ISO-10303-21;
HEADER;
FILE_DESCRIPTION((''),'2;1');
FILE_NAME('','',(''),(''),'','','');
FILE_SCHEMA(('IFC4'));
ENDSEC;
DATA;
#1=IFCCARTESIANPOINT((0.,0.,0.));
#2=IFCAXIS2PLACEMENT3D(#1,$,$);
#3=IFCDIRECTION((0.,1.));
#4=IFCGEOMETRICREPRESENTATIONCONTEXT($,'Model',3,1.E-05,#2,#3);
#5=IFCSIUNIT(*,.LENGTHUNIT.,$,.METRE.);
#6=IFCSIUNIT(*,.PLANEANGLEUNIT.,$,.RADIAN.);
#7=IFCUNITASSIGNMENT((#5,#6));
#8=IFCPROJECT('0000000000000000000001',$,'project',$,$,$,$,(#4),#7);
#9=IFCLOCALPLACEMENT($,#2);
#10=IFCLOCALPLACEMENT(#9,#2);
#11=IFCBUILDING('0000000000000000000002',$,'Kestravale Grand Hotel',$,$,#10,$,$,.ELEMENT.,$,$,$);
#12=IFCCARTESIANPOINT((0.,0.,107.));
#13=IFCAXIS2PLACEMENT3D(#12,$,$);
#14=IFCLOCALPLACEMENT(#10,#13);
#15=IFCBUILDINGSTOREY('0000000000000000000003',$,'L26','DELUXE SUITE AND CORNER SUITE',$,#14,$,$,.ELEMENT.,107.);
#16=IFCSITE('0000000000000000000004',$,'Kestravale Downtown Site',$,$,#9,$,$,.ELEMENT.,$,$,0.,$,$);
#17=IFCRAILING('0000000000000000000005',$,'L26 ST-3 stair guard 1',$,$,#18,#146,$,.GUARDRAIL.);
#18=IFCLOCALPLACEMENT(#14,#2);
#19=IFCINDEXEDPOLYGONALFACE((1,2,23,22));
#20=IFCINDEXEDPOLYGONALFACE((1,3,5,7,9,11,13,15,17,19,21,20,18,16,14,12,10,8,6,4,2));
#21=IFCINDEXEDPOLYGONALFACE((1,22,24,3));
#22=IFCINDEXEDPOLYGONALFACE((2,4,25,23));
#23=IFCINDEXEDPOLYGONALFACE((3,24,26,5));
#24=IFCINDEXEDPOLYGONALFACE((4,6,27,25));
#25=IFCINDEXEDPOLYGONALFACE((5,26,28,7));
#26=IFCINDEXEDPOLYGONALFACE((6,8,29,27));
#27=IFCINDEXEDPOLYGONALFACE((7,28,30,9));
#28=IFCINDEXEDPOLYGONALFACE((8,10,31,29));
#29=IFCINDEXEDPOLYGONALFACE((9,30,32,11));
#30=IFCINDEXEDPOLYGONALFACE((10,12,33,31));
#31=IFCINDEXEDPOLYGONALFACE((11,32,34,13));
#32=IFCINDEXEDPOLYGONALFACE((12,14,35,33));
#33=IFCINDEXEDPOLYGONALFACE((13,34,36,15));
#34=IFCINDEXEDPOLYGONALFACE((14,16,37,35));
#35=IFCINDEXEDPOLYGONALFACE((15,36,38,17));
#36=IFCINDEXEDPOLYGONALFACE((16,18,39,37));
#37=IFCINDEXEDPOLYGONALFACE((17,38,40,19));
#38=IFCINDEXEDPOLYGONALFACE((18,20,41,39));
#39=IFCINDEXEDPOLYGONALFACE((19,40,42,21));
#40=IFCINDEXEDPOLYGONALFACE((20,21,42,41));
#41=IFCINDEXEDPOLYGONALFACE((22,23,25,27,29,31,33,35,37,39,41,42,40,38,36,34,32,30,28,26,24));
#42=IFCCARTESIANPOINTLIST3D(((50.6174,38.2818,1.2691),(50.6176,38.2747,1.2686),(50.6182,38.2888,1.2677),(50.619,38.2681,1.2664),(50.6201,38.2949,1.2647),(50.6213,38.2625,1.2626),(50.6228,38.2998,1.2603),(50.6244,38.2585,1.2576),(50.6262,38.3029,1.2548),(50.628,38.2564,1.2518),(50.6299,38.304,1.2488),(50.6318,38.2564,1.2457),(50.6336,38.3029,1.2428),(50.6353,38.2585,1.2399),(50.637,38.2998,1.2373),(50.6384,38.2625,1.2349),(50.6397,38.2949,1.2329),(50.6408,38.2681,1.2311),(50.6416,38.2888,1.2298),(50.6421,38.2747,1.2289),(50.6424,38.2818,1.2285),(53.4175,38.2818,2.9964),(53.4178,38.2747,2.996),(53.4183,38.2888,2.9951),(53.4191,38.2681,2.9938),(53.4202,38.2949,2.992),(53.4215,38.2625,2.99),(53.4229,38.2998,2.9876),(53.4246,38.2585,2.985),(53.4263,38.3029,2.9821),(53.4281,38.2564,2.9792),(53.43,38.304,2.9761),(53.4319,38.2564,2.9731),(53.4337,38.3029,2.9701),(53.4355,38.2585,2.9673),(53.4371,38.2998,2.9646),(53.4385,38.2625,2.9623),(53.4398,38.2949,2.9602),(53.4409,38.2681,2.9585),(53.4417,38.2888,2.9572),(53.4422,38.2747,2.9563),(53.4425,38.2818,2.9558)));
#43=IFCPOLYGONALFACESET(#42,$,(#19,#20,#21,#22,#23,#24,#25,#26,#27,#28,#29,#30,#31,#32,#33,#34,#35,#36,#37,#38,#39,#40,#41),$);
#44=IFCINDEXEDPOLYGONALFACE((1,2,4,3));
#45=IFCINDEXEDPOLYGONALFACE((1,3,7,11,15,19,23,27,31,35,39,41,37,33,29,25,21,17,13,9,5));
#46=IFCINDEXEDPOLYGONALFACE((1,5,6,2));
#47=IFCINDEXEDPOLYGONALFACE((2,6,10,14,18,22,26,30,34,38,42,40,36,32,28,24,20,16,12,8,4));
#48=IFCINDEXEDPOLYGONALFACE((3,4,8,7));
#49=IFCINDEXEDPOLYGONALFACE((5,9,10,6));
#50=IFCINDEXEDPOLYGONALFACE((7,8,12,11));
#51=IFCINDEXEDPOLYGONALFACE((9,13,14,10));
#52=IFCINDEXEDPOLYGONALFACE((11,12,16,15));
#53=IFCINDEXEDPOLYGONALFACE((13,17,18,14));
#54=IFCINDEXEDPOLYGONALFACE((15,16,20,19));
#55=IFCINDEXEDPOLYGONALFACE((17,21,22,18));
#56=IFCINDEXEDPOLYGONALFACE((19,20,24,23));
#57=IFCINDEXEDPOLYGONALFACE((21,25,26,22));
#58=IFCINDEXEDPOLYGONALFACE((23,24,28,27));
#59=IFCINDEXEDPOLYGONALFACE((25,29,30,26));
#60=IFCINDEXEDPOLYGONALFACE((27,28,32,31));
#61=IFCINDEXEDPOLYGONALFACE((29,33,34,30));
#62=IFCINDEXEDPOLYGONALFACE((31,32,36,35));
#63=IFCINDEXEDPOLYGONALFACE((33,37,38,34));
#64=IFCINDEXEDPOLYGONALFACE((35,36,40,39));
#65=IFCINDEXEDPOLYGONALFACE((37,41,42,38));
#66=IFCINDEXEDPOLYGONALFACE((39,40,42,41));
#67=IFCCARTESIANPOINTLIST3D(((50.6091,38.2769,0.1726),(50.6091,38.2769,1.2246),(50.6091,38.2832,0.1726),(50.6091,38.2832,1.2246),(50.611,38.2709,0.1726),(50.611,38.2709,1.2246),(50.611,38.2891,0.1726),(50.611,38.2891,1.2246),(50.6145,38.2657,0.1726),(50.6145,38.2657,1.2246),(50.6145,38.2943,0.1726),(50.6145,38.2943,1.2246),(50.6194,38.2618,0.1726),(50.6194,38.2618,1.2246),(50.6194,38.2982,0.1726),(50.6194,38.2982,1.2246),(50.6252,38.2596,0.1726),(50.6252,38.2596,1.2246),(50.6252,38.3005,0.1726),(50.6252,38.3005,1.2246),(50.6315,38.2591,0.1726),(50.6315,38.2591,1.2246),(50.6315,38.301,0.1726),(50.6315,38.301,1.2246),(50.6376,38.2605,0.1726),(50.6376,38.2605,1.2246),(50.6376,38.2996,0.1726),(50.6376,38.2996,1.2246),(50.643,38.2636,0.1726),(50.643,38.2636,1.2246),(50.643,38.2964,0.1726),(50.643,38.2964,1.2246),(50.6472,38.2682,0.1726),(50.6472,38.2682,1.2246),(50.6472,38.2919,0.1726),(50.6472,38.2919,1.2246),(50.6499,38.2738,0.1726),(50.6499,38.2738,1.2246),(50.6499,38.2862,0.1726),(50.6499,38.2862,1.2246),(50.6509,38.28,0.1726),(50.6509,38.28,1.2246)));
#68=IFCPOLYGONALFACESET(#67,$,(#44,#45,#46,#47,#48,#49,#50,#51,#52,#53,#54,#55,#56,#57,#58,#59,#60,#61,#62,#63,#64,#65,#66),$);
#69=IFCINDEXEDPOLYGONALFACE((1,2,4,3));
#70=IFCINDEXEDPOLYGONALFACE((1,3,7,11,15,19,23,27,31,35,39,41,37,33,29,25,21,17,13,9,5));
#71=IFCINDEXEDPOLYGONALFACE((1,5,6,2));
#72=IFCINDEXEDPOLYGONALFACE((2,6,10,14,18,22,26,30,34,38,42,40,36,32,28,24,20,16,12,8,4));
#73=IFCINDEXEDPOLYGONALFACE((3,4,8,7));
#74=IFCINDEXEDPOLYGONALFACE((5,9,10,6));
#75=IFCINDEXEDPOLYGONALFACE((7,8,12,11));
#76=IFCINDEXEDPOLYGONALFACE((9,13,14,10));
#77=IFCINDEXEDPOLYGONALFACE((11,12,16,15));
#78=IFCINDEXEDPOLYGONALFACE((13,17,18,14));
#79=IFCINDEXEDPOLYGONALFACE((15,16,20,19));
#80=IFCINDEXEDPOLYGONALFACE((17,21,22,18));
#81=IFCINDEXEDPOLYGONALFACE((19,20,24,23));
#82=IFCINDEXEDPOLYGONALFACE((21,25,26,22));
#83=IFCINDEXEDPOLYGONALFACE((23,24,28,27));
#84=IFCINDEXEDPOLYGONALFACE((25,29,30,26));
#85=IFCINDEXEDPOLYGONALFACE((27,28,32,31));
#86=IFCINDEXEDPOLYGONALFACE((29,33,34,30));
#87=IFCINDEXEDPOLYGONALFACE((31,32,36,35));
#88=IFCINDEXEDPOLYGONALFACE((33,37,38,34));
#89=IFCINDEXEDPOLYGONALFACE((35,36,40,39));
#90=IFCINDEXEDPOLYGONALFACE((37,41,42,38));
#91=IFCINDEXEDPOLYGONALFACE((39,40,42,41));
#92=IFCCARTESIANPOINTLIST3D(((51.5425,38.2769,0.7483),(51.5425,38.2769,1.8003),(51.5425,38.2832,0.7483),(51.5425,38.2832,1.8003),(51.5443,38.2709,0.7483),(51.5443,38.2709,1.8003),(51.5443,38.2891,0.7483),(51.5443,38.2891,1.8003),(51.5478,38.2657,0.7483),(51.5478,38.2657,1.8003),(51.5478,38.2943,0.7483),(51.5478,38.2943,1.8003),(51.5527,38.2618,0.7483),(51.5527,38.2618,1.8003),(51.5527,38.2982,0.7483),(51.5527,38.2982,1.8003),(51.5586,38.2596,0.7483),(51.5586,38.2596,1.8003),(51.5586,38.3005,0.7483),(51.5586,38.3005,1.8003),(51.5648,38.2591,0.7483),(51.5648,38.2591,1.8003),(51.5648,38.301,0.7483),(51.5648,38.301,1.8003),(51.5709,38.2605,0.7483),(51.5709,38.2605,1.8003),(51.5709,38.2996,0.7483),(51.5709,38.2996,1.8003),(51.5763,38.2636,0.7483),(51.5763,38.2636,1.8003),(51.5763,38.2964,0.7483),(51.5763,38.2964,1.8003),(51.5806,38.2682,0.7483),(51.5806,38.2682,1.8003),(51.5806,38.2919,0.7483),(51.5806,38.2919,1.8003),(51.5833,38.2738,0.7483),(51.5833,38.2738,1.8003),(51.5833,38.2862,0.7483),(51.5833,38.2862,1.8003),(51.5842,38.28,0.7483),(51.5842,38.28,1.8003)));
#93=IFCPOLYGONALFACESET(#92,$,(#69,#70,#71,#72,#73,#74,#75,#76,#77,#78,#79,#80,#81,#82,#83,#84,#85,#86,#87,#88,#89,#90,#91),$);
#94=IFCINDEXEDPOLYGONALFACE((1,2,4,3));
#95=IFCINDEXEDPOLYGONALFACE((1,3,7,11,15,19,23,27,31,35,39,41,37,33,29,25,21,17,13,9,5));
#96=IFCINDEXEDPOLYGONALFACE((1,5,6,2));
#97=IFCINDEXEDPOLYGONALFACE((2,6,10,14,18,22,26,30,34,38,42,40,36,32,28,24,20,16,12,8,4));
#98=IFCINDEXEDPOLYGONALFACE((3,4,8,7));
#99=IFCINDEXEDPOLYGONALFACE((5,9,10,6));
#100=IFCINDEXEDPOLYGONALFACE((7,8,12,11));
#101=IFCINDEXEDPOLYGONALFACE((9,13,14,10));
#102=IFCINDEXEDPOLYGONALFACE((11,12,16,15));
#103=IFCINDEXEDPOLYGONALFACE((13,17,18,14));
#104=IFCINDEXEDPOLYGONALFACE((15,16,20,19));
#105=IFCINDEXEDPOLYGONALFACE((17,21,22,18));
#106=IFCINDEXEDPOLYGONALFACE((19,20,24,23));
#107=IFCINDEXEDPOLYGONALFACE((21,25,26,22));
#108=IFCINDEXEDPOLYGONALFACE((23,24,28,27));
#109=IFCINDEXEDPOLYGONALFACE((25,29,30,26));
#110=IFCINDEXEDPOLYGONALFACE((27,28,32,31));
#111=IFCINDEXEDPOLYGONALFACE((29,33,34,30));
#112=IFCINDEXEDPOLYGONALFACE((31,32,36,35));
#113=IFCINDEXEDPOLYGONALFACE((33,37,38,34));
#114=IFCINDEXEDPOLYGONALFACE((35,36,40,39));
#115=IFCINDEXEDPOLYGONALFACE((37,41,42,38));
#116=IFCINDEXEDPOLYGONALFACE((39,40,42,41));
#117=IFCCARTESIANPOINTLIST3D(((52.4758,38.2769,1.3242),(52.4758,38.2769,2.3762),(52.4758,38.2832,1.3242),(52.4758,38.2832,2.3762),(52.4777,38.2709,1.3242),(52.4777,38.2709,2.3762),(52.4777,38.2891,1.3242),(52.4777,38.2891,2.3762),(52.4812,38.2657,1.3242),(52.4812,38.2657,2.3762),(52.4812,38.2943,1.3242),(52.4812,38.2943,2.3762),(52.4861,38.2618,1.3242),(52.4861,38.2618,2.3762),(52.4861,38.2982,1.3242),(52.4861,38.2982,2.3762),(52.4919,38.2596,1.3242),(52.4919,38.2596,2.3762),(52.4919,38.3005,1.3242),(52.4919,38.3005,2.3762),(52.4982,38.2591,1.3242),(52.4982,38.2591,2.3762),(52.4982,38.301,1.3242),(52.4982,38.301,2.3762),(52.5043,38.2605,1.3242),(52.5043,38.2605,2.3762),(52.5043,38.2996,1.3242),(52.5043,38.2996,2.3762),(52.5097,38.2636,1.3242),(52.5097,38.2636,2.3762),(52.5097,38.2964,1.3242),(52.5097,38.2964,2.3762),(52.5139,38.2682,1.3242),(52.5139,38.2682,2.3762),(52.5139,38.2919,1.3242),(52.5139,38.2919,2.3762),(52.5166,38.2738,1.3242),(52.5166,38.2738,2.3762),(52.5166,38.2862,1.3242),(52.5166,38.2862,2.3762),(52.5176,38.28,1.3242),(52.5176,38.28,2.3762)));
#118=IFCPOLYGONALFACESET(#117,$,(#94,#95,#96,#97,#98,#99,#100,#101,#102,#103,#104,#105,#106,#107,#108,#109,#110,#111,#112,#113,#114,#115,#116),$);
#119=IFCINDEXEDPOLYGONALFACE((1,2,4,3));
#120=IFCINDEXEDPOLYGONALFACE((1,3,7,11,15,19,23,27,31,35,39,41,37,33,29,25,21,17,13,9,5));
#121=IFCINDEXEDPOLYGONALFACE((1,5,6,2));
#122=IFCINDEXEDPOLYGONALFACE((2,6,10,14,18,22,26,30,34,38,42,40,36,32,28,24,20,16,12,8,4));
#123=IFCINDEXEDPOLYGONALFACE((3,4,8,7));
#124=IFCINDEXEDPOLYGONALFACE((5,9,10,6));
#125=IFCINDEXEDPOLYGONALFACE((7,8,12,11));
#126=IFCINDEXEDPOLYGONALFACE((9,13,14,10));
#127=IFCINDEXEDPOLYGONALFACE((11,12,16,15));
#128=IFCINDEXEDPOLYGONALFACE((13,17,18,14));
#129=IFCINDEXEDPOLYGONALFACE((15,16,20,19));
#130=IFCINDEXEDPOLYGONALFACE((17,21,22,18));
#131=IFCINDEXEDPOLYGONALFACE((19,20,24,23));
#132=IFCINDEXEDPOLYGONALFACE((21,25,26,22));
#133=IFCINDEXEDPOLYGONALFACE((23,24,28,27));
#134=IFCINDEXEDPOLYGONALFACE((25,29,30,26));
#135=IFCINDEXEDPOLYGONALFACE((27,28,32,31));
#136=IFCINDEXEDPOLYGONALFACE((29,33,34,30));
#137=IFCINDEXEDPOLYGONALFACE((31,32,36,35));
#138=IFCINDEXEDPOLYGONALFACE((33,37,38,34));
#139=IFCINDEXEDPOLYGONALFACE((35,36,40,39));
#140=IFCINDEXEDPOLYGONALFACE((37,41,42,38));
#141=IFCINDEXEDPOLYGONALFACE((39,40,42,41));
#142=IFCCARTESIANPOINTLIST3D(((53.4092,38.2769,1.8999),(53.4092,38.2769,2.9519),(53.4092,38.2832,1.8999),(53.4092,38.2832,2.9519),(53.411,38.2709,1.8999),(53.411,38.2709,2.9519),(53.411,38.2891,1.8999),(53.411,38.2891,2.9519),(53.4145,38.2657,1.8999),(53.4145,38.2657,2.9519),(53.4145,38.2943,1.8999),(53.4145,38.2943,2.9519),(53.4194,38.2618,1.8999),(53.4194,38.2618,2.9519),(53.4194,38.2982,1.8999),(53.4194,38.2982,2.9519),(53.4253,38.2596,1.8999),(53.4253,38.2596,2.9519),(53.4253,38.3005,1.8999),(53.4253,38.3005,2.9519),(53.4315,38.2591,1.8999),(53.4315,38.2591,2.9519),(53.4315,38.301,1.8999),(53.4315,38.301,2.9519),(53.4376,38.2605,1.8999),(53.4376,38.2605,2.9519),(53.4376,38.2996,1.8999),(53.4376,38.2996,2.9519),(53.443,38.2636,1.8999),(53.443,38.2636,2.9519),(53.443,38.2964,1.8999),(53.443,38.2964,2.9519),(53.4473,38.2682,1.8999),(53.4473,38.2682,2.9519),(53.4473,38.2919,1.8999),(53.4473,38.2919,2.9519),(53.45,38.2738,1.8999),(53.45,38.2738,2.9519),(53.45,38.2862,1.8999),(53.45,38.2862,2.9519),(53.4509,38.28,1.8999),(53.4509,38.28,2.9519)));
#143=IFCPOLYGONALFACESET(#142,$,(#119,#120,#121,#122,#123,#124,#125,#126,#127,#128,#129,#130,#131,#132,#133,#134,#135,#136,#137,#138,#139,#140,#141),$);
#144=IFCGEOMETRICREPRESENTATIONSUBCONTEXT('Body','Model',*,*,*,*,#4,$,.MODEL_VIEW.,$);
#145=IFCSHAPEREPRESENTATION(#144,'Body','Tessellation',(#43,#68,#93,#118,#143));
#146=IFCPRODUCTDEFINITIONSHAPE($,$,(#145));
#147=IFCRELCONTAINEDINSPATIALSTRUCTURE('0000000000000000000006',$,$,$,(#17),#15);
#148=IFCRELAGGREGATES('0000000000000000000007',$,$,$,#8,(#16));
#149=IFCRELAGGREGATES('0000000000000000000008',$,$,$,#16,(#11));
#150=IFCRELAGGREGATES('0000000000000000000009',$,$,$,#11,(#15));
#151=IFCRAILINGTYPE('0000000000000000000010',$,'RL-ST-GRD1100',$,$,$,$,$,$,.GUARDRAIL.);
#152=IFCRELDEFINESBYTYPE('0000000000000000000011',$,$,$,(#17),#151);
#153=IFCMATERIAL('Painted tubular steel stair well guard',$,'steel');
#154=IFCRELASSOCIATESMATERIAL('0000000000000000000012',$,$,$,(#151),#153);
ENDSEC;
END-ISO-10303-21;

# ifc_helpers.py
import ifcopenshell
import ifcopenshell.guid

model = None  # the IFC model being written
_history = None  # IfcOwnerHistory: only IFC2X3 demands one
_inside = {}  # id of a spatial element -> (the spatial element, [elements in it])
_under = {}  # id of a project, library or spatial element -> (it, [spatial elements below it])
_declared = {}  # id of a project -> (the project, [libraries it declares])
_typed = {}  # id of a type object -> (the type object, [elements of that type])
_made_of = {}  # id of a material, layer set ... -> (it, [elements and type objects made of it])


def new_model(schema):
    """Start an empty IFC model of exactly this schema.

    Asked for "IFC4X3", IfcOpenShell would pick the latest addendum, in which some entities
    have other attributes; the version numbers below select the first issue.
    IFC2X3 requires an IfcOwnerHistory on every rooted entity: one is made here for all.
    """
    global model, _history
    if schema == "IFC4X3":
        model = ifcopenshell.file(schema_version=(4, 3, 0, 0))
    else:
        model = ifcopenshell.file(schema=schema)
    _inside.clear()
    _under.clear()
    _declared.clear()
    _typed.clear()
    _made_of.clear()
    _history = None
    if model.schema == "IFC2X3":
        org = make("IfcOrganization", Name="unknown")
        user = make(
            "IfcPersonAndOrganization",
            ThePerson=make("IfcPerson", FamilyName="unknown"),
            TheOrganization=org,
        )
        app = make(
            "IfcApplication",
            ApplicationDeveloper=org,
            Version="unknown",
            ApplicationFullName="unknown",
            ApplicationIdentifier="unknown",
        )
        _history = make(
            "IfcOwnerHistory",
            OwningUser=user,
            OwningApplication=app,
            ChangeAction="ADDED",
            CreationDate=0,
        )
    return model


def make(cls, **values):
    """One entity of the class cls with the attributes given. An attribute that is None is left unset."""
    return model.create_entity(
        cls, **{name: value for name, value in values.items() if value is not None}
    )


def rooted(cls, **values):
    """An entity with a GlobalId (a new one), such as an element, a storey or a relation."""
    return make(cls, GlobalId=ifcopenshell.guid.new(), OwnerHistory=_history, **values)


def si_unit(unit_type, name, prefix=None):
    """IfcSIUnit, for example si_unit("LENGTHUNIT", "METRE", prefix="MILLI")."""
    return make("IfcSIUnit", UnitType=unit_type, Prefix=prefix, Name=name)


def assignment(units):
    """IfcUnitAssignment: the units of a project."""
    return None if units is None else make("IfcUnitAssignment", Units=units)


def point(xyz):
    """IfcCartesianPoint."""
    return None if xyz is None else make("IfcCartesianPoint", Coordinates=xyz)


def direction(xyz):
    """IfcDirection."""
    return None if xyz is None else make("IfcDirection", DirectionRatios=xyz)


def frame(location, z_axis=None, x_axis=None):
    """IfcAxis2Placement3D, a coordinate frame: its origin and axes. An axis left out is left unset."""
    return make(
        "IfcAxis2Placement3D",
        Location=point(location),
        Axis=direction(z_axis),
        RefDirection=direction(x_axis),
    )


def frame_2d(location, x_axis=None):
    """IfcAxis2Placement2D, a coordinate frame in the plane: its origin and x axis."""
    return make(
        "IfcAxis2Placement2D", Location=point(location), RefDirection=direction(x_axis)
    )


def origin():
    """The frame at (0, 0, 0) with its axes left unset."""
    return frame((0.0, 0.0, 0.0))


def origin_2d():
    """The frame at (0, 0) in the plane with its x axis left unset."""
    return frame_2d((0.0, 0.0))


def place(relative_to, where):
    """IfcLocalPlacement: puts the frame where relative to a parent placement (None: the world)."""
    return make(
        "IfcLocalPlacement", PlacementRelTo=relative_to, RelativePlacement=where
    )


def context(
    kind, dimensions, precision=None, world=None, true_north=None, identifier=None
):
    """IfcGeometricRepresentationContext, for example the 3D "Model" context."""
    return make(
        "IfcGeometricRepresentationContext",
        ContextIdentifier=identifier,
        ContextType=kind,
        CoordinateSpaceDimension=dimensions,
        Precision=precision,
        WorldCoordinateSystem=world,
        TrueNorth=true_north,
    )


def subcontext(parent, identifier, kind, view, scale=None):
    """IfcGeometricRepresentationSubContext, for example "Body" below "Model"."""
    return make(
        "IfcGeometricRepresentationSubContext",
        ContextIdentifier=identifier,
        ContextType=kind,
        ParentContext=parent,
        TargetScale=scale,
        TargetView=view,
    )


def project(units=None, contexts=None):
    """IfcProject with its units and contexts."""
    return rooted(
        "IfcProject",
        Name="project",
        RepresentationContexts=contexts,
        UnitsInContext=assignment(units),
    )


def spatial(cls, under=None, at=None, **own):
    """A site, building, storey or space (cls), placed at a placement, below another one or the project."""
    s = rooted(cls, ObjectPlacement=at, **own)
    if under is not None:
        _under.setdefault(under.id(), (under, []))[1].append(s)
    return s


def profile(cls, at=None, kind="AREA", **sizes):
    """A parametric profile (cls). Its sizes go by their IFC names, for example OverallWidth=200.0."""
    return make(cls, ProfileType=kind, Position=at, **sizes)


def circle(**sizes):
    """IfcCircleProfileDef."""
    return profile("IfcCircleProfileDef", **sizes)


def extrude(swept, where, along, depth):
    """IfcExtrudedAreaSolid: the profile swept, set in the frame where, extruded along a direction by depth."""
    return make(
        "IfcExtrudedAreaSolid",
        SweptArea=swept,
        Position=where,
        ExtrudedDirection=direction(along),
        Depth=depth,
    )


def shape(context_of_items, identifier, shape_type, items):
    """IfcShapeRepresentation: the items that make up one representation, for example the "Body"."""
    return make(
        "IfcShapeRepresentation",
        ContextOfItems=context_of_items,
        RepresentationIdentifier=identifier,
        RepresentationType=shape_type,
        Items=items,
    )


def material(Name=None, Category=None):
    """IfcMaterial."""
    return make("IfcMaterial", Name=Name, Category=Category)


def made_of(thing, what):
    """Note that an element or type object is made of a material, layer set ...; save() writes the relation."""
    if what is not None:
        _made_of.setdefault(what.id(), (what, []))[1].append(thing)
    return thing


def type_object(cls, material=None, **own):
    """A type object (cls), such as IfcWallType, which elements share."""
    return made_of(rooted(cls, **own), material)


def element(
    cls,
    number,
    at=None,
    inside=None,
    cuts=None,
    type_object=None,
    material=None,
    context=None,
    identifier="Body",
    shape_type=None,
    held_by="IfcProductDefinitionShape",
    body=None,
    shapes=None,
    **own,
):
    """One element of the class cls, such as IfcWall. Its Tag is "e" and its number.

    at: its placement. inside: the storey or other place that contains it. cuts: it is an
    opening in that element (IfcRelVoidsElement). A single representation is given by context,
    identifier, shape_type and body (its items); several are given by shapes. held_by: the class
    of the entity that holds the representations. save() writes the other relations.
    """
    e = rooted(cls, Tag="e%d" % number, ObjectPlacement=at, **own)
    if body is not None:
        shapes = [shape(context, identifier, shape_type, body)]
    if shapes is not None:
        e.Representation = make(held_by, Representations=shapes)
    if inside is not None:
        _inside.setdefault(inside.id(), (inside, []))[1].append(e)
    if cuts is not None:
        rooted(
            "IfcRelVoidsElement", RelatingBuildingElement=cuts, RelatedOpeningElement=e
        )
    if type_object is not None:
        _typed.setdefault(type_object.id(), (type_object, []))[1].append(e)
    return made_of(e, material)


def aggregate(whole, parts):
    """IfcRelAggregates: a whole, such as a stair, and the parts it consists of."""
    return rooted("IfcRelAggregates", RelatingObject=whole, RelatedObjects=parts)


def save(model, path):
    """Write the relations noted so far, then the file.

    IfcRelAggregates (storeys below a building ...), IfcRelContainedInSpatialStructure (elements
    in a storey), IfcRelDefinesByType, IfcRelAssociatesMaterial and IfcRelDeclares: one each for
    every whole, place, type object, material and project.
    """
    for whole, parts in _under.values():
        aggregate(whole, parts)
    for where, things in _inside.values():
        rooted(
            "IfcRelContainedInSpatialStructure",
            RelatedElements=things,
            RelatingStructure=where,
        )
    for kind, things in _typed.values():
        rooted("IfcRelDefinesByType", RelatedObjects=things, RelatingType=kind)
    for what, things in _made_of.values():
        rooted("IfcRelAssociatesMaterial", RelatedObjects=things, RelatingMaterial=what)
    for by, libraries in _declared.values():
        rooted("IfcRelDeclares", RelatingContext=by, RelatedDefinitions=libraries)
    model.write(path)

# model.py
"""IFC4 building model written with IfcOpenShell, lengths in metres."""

from ifc_helpers import new_model, si_unit, direction, frame, origin, origin_2d, place, context, subcontext, project, spatial, circle, extrude, material, type_object, element, save


model = new_model("IFC4")

# Units and contexts
model_context = context("Model", 3, precision=1e-05, world=origin(), true_north=direction((0.0, 1.0)))
body_context = subcontext(model_context, "Body", "Model", "MODEL_VIEW")
ifc_project = project(units=[si_unit("LENGTHUNIT", "METRE"), si_unit("PLANEANGLEUNIT", "RADIAN")], contexts=[model_context])

# Site, building, storey
site_placement = place(None, origin())
site = spatial("IfcSite", under=ifc_project, at=site_placement, Name="Kestravale Downtown Site", CompositionType="ELEMENT", RefElevation=0.0)
building_placement = place(site_placement, origin())
building = spatial("IfcBuilding", under=site, at=building_placement, Name="Kestravale Grand Hotel", CompositionType="ELEMENT")
storey_placement = place(building_placement, frame((0.0, 0.0, 107.0)))
storey = spatial("IfcBuildingStorey", under=building, at=storey_placement, Name="L26", Description="DELUXE SUITE AND CORNER SUITE", CompositionType="ELEMENT", Elevation=107.0)

# Railing
ifc_material_1 = material(Name="Painted tubular steel stair well guard", Category="steel")
railing_type_1 = type_object("IfcRailingType", Name="RL-ST-GRD1100", PredefinedType="GUARDRAIL", material=ifc_material_1)
railing_1_placement = place(storey_placement, frame((50.6299, 38.28, 0.1726)))
element("IfcRailing", 1, at=railing_1_placement, inside=storey, type_object=railing_type_1, Name="L26 ST-3 stair guard 1", PredefinedType="GUARDRAIL", context=body_context, shape_type="SweptSolid", body=[
    extrude(circle(Radius=0.0239, at=origin_2d()), frame((0.0, 0.0, 1.0762), z_axis=(0.85109, 0.0, 0.52502), x_axis=(0.0, 1.0, 0.0)), (0.0, 0.0, 1.0), 3.29),
    extrude(circle(Radius=0.021, at=origin_2d()), origin(), (0.0, 0.0, 1.0), 1.052),
    extrude(circle(Radius=0.021, at=origin_2d()), frame((0.9333, 0.0, 0.5757)), (0.0, 0.0, 1.0), 1.052),
    extrude(circle(Radius=0.021, at=origin_2d()), frame((1.8667, 0.0, 1.1516)), (0.0, 0.0, 1.0), 1.052),
    extrude(circle(Radius=0.021, at=origin_2d()), frame((2.8, 0.0, 1.7273)), (0.0, 0.0, 1.0), 1.052),
])

save(model, "model.ifc")
